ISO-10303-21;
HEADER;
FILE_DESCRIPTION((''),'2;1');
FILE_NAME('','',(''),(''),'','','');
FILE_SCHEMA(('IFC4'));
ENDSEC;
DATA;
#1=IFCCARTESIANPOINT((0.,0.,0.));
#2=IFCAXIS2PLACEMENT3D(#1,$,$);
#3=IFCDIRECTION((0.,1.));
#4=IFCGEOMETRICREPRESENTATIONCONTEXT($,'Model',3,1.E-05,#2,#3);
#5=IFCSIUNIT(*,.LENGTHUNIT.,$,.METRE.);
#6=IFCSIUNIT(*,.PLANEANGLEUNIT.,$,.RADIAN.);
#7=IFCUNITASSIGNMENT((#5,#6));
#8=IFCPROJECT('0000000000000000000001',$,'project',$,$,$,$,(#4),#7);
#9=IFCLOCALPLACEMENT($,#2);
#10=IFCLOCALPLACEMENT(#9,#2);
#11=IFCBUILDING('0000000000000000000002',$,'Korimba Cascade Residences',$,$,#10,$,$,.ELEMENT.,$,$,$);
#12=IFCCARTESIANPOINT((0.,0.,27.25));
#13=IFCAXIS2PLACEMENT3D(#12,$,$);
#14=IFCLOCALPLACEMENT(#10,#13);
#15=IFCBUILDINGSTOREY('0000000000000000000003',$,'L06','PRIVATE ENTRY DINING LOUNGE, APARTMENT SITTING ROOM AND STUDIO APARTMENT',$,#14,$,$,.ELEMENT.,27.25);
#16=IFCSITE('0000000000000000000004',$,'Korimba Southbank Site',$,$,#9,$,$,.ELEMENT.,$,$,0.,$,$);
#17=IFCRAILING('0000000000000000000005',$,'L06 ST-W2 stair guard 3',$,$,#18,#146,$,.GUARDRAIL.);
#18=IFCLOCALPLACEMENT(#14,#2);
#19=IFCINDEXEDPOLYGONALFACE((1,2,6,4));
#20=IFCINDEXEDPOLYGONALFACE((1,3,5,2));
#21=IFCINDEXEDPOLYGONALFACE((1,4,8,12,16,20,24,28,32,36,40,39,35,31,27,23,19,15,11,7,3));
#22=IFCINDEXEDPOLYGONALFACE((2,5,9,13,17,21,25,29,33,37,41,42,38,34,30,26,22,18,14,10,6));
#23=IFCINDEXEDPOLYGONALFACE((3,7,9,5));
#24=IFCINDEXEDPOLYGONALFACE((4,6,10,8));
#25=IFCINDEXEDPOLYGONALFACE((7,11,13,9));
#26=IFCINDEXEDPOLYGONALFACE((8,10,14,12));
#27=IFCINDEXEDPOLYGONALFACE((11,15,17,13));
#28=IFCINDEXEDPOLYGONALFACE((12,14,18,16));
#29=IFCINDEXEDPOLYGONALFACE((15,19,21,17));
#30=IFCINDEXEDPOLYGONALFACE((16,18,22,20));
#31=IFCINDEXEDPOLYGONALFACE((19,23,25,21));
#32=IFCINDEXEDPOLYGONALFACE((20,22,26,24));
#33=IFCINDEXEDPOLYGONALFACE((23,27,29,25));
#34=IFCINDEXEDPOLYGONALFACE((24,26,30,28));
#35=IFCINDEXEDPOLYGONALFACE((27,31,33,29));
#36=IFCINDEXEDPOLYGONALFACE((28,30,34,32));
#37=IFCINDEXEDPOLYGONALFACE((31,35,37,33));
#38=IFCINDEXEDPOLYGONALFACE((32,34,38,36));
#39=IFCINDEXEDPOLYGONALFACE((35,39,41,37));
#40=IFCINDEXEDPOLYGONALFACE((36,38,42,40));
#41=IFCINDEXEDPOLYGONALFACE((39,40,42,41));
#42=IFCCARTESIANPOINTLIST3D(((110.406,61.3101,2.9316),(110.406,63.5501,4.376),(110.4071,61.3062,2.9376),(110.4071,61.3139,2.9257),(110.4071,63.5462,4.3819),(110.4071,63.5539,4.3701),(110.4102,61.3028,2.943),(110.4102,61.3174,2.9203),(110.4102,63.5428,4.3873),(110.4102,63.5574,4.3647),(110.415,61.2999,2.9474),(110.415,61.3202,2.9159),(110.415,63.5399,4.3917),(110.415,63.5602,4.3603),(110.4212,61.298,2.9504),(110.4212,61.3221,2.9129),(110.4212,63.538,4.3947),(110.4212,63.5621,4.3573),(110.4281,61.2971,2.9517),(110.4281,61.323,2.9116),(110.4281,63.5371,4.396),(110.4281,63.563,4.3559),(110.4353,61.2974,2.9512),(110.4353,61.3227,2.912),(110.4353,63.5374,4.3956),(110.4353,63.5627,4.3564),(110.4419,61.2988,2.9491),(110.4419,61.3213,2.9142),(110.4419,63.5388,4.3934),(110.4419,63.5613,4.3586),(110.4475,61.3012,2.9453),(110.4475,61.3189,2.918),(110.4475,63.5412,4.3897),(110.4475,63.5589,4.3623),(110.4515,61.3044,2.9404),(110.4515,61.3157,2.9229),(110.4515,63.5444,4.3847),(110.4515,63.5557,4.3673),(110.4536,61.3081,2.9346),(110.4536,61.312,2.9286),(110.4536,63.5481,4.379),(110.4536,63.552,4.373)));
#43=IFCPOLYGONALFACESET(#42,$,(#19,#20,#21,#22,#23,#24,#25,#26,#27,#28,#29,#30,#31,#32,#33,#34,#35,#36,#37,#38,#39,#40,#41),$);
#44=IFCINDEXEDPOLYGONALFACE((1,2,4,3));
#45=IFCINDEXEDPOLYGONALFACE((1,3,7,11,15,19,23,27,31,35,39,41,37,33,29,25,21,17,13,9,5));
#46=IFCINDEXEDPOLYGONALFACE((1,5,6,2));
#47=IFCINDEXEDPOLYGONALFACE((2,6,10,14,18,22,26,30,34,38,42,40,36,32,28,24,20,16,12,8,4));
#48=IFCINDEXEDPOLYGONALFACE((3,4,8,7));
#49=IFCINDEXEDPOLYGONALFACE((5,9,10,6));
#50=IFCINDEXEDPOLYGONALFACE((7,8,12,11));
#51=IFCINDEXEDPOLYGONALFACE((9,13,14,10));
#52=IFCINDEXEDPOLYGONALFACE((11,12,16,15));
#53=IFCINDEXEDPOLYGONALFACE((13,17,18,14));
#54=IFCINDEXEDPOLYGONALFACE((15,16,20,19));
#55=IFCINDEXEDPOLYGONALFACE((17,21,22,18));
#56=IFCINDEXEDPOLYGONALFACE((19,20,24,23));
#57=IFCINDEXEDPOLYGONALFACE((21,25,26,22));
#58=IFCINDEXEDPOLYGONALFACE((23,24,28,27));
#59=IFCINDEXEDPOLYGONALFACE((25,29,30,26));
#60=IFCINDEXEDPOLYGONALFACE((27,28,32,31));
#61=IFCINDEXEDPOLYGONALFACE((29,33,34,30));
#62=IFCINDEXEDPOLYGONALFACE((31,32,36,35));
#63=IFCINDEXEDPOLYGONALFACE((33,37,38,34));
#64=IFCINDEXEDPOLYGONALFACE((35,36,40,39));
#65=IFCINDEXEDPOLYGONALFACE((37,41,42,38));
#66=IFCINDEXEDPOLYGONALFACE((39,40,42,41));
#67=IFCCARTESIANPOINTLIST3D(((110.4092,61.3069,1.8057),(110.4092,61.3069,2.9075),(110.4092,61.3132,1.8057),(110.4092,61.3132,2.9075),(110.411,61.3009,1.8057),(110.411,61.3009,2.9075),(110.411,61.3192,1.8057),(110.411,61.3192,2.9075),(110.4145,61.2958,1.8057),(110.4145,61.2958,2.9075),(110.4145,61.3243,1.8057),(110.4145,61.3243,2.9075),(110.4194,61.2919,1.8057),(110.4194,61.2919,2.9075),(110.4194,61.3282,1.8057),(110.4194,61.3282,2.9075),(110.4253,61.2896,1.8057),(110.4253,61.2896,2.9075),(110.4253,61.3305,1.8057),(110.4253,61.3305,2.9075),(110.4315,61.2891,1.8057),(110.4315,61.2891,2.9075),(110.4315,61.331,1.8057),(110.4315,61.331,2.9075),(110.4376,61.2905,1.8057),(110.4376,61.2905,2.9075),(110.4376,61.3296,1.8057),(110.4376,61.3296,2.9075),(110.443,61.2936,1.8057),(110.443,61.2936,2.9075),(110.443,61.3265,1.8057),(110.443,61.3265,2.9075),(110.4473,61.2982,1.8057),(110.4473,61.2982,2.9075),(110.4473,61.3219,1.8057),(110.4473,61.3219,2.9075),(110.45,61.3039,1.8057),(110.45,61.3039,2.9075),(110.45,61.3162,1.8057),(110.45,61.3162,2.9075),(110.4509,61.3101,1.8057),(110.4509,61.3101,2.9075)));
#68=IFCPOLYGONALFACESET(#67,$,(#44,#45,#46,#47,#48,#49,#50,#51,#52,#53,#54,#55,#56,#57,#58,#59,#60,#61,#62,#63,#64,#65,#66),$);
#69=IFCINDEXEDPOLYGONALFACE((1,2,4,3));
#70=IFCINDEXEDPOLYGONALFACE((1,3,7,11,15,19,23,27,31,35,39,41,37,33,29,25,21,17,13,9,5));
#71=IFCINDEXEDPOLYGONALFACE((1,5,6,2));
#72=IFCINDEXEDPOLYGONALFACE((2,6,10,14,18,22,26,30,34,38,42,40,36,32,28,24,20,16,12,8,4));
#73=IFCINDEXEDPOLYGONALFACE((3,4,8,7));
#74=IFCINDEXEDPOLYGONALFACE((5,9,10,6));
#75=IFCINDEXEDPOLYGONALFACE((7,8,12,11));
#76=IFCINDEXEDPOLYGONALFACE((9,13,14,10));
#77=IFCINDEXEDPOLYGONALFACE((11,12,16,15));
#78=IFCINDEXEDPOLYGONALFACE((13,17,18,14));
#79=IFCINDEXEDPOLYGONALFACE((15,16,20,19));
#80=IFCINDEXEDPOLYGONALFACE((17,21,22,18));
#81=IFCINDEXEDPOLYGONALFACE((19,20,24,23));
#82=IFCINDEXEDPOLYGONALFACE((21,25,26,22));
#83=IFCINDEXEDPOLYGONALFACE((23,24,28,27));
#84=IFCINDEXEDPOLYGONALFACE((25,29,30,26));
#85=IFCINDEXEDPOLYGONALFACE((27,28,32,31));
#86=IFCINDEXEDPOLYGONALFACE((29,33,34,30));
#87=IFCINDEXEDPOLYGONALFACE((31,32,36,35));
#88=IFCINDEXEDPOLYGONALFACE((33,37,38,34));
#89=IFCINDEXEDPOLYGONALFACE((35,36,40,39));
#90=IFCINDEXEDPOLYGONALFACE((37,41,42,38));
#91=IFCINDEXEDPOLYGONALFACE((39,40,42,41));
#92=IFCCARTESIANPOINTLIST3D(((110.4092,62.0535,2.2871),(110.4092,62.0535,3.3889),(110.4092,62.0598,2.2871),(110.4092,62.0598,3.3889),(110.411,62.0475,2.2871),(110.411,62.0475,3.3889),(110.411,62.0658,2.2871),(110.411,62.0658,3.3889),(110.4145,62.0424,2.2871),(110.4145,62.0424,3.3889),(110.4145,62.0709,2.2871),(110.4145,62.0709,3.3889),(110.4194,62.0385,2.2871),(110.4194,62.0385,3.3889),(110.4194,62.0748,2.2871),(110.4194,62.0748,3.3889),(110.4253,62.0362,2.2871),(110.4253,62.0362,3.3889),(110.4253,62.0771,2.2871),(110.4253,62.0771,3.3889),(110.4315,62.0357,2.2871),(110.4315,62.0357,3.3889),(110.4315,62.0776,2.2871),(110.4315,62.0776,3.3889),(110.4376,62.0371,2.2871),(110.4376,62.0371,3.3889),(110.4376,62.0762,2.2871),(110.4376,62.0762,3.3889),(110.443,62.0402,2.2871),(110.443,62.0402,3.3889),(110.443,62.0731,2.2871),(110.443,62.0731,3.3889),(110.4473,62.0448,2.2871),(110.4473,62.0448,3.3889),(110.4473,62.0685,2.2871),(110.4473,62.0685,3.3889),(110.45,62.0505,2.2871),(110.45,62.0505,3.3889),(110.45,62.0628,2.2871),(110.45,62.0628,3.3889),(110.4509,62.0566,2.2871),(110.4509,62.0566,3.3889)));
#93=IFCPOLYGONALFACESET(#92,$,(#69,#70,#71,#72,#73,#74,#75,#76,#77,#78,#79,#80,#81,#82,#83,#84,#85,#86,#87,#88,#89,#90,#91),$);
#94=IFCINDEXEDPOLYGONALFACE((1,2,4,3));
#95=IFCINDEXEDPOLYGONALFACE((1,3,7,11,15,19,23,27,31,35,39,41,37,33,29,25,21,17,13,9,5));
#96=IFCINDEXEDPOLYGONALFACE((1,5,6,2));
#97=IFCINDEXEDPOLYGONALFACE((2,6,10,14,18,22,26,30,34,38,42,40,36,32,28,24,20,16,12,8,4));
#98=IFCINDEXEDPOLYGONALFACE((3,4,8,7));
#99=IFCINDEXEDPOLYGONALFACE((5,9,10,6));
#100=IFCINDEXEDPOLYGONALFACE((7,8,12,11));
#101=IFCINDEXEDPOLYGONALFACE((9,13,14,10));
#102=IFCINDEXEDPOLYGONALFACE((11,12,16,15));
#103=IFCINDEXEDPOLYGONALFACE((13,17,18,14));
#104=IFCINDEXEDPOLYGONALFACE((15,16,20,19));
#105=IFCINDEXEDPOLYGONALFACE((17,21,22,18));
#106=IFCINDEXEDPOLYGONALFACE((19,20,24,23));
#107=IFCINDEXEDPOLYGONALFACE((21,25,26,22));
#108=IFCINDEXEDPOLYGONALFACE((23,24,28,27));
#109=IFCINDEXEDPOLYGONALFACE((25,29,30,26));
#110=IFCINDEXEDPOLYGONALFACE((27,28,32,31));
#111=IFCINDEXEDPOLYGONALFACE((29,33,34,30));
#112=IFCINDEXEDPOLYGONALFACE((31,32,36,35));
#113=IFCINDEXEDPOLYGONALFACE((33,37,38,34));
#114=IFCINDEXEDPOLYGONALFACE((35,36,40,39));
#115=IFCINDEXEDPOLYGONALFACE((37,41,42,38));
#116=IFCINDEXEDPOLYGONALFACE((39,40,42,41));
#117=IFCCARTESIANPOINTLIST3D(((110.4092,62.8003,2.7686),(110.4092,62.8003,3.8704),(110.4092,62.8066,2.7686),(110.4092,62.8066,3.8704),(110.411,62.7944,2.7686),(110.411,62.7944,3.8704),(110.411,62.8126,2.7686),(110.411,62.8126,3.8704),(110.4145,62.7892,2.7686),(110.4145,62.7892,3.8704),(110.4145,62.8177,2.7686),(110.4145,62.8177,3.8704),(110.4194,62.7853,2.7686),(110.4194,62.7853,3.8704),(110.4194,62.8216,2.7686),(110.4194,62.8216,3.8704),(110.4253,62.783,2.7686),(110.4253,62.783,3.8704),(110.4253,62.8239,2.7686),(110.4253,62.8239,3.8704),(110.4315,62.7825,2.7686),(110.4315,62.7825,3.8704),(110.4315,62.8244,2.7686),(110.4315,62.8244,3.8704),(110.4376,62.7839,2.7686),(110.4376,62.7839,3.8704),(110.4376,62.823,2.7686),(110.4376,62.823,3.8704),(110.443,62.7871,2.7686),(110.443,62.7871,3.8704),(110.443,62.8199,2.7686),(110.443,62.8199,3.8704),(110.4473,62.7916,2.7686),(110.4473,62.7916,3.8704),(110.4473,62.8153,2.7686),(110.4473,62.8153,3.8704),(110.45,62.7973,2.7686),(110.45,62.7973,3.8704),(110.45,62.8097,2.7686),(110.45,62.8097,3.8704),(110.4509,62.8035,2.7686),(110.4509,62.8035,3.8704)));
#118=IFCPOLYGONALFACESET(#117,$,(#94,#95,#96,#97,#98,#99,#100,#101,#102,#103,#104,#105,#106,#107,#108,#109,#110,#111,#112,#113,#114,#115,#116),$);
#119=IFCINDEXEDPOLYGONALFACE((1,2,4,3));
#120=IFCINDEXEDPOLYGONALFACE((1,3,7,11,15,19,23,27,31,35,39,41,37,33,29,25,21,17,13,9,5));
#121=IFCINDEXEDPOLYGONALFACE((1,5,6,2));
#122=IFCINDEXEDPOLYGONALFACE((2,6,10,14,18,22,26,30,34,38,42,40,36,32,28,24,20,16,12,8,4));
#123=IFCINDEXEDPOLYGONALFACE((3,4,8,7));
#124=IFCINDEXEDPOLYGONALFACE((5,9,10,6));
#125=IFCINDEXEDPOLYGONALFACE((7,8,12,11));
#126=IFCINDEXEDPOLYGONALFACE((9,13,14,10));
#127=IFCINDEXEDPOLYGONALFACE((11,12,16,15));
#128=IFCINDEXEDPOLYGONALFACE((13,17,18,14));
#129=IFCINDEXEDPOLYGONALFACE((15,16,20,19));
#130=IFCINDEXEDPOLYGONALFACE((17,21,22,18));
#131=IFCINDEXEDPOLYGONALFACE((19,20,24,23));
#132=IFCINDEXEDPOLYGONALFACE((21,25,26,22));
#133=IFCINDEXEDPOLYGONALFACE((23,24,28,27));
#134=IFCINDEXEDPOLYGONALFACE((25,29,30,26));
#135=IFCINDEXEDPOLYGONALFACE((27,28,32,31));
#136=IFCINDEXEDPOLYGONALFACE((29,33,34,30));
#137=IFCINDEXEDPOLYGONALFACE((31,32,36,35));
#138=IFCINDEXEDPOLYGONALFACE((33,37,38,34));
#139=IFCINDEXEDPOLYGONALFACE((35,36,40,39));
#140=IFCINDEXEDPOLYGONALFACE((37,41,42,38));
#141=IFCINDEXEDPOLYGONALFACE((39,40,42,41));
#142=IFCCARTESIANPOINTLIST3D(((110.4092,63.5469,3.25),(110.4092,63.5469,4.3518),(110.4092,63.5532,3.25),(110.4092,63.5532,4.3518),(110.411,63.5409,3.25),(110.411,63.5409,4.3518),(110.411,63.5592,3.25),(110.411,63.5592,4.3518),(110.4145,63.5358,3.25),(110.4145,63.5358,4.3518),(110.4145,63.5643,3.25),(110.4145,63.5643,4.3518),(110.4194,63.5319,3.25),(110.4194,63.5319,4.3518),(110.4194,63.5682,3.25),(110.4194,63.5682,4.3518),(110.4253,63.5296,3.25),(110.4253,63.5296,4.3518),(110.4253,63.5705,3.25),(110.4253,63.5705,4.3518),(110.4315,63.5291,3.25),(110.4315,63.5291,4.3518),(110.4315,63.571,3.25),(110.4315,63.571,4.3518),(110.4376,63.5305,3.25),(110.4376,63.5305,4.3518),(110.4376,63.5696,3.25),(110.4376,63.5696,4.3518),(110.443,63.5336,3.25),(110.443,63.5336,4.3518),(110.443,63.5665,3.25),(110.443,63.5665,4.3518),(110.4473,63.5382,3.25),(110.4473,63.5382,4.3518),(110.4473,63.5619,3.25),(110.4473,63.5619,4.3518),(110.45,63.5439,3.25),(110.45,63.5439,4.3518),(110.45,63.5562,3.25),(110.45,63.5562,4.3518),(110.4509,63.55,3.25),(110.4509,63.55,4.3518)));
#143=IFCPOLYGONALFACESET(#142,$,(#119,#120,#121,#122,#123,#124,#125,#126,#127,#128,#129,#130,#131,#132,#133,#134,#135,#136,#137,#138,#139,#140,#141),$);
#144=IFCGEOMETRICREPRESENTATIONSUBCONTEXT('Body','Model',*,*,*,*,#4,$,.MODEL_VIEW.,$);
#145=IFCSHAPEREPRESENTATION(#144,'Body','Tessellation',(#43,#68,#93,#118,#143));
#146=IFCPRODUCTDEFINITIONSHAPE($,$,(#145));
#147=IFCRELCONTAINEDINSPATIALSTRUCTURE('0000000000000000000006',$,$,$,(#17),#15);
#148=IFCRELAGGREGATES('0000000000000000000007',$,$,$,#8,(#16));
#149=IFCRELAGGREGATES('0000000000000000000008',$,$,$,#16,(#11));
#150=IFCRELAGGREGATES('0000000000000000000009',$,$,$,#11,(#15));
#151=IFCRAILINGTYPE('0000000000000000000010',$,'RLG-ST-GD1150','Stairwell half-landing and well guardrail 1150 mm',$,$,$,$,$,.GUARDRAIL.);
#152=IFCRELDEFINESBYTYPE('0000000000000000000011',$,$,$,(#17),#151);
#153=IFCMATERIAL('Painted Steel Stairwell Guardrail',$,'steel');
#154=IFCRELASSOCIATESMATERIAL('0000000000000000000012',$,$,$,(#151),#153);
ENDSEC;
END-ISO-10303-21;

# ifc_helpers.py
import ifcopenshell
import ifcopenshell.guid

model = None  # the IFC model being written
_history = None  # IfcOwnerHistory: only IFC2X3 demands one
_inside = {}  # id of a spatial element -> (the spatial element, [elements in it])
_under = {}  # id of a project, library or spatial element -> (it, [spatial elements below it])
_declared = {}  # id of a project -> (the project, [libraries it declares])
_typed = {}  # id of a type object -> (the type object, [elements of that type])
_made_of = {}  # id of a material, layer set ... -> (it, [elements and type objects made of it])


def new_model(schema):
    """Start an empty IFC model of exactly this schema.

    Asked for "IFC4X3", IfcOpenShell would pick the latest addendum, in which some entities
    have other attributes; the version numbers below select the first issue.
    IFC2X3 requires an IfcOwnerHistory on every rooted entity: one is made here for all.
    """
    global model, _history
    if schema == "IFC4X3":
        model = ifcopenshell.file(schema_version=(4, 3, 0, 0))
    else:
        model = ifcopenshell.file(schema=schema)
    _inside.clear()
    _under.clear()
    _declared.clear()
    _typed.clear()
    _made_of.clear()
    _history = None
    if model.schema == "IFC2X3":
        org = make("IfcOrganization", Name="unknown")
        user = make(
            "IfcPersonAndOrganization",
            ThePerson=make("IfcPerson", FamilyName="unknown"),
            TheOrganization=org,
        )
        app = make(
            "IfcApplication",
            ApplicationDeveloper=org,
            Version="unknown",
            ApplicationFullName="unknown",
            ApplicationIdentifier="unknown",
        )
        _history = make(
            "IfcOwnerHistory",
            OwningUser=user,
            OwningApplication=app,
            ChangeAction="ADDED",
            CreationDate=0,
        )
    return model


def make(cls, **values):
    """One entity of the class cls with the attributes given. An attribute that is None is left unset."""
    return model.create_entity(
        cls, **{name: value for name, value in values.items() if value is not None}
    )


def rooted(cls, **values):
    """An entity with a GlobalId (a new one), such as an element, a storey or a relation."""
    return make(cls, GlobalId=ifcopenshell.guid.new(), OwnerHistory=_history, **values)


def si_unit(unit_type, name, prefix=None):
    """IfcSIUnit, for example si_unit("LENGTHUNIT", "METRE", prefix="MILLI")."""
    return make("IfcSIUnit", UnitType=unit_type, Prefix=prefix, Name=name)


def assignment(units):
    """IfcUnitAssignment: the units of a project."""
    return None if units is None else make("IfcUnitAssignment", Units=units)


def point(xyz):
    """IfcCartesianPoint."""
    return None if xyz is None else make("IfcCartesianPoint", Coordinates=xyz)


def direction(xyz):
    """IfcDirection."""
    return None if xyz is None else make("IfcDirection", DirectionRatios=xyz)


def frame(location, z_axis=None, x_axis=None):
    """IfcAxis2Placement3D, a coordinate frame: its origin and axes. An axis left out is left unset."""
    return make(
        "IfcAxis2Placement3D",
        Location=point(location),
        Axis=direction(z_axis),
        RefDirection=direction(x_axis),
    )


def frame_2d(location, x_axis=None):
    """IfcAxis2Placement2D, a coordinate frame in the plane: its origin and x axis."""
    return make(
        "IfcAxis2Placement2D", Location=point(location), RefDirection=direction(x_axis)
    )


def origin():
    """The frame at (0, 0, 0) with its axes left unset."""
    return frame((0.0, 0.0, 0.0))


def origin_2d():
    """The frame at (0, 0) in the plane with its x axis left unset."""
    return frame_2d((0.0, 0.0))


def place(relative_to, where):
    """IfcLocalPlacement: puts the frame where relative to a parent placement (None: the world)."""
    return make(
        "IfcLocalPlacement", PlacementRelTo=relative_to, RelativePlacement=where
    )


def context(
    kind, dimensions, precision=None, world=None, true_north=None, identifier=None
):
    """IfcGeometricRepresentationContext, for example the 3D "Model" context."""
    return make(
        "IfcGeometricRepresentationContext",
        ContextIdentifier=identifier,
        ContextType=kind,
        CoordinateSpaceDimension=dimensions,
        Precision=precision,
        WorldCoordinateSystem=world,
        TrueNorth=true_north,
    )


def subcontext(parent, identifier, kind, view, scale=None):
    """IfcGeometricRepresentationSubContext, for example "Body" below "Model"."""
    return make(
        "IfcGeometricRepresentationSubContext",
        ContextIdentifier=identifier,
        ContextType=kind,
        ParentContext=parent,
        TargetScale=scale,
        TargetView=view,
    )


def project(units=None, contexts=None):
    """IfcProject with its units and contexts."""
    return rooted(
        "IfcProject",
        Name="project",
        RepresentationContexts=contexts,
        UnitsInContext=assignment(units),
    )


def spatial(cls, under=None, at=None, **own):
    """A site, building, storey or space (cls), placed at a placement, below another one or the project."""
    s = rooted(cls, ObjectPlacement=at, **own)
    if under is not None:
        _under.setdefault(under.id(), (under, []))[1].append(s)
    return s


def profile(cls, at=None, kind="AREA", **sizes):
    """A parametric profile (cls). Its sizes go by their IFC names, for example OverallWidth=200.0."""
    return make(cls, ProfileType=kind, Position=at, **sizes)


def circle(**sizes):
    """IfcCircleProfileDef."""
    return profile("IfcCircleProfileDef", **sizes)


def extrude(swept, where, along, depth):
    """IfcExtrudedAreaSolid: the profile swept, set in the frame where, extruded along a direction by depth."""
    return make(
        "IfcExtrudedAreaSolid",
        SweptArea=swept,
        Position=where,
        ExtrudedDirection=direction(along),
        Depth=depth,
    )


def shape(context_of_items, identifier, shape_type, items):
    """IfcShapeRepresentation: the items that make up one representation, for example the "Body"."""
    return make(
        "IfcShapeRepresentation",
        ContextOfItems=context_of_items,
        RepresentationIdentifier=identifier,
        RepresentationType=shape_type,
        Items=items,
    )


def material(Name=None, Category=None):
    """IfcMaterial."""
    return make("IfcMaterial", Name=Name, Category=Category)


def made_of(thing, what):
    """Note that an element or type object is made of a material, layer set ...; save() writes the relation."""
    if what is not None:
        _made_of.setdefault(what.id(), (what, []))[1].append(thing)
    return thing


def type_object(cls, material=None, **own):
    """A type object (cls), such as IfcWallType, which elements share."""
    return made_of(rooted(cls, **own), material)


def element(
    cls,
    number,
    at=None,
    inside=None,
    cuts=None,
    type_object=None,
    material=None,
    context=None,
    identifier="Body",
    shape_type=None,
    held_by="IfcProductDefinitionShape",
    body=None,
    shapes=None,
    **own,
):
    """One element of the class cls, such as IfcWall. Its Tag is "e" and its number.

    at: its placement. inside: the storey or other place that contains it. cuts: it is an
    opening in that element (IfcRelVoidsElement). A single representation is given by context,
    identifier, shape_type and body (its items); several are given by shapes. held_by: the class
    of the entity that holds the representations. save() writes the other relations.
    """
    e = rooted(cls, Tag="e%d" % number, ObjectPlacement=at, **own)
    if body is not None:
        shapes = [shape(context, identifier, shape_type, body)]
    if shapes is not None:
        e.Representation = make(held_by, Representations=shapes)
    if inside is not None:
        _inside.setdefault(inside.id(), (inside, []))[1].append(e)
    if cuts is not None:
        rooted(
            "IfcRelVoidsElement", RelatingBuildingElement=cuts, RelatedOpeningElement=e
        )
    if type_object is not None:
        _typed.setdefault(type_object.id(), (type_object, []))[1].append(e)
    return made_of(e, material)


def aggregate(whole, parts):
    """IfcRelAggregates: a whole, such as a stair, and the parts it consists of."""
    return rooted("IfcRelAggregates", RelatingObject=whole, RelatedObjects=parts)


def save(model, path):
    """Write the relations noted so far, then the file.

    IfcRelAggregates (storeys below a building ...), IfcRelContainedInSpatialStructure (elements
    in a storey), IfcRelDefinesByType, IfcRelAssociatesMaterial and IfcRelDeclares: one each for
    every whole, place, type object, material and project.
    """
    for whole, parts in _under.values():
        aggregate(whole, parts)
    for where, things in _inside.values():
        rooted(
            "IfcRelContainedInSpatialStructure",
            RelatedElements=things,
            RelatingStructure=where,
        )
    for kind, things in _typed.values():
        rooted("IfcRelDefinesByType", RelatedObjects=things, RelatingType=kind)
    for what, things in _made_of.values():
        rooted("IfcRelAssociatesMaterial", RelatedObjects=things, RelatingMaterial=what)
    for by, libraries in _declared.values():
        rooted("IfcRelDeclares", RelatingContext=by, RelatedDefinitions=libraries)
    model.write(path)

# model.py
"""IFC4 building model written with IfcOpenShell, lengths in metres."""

from ifc_helpers import new_model, si_unit, direction, frame, origin, origin_2d, place, context, subcontext, project, spatial, circle, extrude, material, type_object, element, save


model = new_model("IFC4")

# Units and contexts
model_context = context("Model", 3, precision=1e-05, world=origin(), true_north=direction((0.0, 1.0)))
body_context = subcontext(model_context, "Body", "Model", "MODEL_VIEW")
ifc_project = project(units=[si_unit("LENGTHUNIT", "METRE"), si_unit("PLANEANGLEUNIT", "RADIAN")], contexts=[model_context])

# Site, building, storey
site_placement = place(None, origin())
site = spatial("IfcSite", under=ifc_project, at=site_placement, Name="Korimba Southbank Site", CompositionType="ELEMENT", RefElevation=0.0)
building_placement = place(site_placement, origin())
building = spatial("IfcBuilding", under=site, at=building_placement, Name="Korimba Cascade Residences", CompositionType="ELEMENT")
storey_placement = place(building_placement, frame((0.0, 0.0, 27.25)))
storey = spatial("IfcBuildingStorey", under=building, at=storey_placement, Name="L06", Description="PRIVATE ENTRY DINING LOUNGE, APARTMENT SITTING ROOM AND STUDIO APARTMENT", CompositionType="ELEMENT", Elevation=27.25)

# Railing
ifc_material_1 = material(Name="Painted Steel Stairwell Guardrail", Category="steel")
railing_type_1 = type_object("IfcRailingType", Name="RLG-ST-GD1150", Description="Stairwell half-landing and well guardrail 1150 mm", PredefinedType="GUARDRAIL", material=ifc_material_1)
railing_1_placement = place(storey_placement, frame((110.4299, 61.3101, 1.8057)))
element("IfcRailing", 1, at=railing_1_placement, inside=storey, type_object=railing_type_1, Name="L06 ST-W2 stair guard 3", PredefinedType="GUARDRAIL", context=body_context, shape_type="SweptSolid", body=[
    extrude(circle(Radius=0.0239, at=origin_2d()), frame((0.0, 0.0, 1.126), z_axis=(0.0, 0.840437, 0.54191), x_axis=(-1.0, 0.0, 0.0)), (0.0, 0.0, 1.0), 2.6653),
    extrude(circle(Radius=0.021, at=origin_2d()), origin(), (0.0, 0.0, 1.0), 1.1018),
    extrude(circle(Radius=0.021, at=origin_2d()), frame((0.0, 0.7466, 0.4814)), (0.0, 0.0, 1.0), 1.1018),
    extrude(circle(Radius=0.021, at=origin_2d()), frame((0.0, 1.4934, 0.9629)), (0.0, 0.0, 1.0), 1.1018),
    extrude(circle(Radius=0.021, at=origin_2d()), frame((0.0, 2.24, 1.4443)), (0.0, 0.0, 1.0), 1.1018),
])

save(model, "model.ifc")
